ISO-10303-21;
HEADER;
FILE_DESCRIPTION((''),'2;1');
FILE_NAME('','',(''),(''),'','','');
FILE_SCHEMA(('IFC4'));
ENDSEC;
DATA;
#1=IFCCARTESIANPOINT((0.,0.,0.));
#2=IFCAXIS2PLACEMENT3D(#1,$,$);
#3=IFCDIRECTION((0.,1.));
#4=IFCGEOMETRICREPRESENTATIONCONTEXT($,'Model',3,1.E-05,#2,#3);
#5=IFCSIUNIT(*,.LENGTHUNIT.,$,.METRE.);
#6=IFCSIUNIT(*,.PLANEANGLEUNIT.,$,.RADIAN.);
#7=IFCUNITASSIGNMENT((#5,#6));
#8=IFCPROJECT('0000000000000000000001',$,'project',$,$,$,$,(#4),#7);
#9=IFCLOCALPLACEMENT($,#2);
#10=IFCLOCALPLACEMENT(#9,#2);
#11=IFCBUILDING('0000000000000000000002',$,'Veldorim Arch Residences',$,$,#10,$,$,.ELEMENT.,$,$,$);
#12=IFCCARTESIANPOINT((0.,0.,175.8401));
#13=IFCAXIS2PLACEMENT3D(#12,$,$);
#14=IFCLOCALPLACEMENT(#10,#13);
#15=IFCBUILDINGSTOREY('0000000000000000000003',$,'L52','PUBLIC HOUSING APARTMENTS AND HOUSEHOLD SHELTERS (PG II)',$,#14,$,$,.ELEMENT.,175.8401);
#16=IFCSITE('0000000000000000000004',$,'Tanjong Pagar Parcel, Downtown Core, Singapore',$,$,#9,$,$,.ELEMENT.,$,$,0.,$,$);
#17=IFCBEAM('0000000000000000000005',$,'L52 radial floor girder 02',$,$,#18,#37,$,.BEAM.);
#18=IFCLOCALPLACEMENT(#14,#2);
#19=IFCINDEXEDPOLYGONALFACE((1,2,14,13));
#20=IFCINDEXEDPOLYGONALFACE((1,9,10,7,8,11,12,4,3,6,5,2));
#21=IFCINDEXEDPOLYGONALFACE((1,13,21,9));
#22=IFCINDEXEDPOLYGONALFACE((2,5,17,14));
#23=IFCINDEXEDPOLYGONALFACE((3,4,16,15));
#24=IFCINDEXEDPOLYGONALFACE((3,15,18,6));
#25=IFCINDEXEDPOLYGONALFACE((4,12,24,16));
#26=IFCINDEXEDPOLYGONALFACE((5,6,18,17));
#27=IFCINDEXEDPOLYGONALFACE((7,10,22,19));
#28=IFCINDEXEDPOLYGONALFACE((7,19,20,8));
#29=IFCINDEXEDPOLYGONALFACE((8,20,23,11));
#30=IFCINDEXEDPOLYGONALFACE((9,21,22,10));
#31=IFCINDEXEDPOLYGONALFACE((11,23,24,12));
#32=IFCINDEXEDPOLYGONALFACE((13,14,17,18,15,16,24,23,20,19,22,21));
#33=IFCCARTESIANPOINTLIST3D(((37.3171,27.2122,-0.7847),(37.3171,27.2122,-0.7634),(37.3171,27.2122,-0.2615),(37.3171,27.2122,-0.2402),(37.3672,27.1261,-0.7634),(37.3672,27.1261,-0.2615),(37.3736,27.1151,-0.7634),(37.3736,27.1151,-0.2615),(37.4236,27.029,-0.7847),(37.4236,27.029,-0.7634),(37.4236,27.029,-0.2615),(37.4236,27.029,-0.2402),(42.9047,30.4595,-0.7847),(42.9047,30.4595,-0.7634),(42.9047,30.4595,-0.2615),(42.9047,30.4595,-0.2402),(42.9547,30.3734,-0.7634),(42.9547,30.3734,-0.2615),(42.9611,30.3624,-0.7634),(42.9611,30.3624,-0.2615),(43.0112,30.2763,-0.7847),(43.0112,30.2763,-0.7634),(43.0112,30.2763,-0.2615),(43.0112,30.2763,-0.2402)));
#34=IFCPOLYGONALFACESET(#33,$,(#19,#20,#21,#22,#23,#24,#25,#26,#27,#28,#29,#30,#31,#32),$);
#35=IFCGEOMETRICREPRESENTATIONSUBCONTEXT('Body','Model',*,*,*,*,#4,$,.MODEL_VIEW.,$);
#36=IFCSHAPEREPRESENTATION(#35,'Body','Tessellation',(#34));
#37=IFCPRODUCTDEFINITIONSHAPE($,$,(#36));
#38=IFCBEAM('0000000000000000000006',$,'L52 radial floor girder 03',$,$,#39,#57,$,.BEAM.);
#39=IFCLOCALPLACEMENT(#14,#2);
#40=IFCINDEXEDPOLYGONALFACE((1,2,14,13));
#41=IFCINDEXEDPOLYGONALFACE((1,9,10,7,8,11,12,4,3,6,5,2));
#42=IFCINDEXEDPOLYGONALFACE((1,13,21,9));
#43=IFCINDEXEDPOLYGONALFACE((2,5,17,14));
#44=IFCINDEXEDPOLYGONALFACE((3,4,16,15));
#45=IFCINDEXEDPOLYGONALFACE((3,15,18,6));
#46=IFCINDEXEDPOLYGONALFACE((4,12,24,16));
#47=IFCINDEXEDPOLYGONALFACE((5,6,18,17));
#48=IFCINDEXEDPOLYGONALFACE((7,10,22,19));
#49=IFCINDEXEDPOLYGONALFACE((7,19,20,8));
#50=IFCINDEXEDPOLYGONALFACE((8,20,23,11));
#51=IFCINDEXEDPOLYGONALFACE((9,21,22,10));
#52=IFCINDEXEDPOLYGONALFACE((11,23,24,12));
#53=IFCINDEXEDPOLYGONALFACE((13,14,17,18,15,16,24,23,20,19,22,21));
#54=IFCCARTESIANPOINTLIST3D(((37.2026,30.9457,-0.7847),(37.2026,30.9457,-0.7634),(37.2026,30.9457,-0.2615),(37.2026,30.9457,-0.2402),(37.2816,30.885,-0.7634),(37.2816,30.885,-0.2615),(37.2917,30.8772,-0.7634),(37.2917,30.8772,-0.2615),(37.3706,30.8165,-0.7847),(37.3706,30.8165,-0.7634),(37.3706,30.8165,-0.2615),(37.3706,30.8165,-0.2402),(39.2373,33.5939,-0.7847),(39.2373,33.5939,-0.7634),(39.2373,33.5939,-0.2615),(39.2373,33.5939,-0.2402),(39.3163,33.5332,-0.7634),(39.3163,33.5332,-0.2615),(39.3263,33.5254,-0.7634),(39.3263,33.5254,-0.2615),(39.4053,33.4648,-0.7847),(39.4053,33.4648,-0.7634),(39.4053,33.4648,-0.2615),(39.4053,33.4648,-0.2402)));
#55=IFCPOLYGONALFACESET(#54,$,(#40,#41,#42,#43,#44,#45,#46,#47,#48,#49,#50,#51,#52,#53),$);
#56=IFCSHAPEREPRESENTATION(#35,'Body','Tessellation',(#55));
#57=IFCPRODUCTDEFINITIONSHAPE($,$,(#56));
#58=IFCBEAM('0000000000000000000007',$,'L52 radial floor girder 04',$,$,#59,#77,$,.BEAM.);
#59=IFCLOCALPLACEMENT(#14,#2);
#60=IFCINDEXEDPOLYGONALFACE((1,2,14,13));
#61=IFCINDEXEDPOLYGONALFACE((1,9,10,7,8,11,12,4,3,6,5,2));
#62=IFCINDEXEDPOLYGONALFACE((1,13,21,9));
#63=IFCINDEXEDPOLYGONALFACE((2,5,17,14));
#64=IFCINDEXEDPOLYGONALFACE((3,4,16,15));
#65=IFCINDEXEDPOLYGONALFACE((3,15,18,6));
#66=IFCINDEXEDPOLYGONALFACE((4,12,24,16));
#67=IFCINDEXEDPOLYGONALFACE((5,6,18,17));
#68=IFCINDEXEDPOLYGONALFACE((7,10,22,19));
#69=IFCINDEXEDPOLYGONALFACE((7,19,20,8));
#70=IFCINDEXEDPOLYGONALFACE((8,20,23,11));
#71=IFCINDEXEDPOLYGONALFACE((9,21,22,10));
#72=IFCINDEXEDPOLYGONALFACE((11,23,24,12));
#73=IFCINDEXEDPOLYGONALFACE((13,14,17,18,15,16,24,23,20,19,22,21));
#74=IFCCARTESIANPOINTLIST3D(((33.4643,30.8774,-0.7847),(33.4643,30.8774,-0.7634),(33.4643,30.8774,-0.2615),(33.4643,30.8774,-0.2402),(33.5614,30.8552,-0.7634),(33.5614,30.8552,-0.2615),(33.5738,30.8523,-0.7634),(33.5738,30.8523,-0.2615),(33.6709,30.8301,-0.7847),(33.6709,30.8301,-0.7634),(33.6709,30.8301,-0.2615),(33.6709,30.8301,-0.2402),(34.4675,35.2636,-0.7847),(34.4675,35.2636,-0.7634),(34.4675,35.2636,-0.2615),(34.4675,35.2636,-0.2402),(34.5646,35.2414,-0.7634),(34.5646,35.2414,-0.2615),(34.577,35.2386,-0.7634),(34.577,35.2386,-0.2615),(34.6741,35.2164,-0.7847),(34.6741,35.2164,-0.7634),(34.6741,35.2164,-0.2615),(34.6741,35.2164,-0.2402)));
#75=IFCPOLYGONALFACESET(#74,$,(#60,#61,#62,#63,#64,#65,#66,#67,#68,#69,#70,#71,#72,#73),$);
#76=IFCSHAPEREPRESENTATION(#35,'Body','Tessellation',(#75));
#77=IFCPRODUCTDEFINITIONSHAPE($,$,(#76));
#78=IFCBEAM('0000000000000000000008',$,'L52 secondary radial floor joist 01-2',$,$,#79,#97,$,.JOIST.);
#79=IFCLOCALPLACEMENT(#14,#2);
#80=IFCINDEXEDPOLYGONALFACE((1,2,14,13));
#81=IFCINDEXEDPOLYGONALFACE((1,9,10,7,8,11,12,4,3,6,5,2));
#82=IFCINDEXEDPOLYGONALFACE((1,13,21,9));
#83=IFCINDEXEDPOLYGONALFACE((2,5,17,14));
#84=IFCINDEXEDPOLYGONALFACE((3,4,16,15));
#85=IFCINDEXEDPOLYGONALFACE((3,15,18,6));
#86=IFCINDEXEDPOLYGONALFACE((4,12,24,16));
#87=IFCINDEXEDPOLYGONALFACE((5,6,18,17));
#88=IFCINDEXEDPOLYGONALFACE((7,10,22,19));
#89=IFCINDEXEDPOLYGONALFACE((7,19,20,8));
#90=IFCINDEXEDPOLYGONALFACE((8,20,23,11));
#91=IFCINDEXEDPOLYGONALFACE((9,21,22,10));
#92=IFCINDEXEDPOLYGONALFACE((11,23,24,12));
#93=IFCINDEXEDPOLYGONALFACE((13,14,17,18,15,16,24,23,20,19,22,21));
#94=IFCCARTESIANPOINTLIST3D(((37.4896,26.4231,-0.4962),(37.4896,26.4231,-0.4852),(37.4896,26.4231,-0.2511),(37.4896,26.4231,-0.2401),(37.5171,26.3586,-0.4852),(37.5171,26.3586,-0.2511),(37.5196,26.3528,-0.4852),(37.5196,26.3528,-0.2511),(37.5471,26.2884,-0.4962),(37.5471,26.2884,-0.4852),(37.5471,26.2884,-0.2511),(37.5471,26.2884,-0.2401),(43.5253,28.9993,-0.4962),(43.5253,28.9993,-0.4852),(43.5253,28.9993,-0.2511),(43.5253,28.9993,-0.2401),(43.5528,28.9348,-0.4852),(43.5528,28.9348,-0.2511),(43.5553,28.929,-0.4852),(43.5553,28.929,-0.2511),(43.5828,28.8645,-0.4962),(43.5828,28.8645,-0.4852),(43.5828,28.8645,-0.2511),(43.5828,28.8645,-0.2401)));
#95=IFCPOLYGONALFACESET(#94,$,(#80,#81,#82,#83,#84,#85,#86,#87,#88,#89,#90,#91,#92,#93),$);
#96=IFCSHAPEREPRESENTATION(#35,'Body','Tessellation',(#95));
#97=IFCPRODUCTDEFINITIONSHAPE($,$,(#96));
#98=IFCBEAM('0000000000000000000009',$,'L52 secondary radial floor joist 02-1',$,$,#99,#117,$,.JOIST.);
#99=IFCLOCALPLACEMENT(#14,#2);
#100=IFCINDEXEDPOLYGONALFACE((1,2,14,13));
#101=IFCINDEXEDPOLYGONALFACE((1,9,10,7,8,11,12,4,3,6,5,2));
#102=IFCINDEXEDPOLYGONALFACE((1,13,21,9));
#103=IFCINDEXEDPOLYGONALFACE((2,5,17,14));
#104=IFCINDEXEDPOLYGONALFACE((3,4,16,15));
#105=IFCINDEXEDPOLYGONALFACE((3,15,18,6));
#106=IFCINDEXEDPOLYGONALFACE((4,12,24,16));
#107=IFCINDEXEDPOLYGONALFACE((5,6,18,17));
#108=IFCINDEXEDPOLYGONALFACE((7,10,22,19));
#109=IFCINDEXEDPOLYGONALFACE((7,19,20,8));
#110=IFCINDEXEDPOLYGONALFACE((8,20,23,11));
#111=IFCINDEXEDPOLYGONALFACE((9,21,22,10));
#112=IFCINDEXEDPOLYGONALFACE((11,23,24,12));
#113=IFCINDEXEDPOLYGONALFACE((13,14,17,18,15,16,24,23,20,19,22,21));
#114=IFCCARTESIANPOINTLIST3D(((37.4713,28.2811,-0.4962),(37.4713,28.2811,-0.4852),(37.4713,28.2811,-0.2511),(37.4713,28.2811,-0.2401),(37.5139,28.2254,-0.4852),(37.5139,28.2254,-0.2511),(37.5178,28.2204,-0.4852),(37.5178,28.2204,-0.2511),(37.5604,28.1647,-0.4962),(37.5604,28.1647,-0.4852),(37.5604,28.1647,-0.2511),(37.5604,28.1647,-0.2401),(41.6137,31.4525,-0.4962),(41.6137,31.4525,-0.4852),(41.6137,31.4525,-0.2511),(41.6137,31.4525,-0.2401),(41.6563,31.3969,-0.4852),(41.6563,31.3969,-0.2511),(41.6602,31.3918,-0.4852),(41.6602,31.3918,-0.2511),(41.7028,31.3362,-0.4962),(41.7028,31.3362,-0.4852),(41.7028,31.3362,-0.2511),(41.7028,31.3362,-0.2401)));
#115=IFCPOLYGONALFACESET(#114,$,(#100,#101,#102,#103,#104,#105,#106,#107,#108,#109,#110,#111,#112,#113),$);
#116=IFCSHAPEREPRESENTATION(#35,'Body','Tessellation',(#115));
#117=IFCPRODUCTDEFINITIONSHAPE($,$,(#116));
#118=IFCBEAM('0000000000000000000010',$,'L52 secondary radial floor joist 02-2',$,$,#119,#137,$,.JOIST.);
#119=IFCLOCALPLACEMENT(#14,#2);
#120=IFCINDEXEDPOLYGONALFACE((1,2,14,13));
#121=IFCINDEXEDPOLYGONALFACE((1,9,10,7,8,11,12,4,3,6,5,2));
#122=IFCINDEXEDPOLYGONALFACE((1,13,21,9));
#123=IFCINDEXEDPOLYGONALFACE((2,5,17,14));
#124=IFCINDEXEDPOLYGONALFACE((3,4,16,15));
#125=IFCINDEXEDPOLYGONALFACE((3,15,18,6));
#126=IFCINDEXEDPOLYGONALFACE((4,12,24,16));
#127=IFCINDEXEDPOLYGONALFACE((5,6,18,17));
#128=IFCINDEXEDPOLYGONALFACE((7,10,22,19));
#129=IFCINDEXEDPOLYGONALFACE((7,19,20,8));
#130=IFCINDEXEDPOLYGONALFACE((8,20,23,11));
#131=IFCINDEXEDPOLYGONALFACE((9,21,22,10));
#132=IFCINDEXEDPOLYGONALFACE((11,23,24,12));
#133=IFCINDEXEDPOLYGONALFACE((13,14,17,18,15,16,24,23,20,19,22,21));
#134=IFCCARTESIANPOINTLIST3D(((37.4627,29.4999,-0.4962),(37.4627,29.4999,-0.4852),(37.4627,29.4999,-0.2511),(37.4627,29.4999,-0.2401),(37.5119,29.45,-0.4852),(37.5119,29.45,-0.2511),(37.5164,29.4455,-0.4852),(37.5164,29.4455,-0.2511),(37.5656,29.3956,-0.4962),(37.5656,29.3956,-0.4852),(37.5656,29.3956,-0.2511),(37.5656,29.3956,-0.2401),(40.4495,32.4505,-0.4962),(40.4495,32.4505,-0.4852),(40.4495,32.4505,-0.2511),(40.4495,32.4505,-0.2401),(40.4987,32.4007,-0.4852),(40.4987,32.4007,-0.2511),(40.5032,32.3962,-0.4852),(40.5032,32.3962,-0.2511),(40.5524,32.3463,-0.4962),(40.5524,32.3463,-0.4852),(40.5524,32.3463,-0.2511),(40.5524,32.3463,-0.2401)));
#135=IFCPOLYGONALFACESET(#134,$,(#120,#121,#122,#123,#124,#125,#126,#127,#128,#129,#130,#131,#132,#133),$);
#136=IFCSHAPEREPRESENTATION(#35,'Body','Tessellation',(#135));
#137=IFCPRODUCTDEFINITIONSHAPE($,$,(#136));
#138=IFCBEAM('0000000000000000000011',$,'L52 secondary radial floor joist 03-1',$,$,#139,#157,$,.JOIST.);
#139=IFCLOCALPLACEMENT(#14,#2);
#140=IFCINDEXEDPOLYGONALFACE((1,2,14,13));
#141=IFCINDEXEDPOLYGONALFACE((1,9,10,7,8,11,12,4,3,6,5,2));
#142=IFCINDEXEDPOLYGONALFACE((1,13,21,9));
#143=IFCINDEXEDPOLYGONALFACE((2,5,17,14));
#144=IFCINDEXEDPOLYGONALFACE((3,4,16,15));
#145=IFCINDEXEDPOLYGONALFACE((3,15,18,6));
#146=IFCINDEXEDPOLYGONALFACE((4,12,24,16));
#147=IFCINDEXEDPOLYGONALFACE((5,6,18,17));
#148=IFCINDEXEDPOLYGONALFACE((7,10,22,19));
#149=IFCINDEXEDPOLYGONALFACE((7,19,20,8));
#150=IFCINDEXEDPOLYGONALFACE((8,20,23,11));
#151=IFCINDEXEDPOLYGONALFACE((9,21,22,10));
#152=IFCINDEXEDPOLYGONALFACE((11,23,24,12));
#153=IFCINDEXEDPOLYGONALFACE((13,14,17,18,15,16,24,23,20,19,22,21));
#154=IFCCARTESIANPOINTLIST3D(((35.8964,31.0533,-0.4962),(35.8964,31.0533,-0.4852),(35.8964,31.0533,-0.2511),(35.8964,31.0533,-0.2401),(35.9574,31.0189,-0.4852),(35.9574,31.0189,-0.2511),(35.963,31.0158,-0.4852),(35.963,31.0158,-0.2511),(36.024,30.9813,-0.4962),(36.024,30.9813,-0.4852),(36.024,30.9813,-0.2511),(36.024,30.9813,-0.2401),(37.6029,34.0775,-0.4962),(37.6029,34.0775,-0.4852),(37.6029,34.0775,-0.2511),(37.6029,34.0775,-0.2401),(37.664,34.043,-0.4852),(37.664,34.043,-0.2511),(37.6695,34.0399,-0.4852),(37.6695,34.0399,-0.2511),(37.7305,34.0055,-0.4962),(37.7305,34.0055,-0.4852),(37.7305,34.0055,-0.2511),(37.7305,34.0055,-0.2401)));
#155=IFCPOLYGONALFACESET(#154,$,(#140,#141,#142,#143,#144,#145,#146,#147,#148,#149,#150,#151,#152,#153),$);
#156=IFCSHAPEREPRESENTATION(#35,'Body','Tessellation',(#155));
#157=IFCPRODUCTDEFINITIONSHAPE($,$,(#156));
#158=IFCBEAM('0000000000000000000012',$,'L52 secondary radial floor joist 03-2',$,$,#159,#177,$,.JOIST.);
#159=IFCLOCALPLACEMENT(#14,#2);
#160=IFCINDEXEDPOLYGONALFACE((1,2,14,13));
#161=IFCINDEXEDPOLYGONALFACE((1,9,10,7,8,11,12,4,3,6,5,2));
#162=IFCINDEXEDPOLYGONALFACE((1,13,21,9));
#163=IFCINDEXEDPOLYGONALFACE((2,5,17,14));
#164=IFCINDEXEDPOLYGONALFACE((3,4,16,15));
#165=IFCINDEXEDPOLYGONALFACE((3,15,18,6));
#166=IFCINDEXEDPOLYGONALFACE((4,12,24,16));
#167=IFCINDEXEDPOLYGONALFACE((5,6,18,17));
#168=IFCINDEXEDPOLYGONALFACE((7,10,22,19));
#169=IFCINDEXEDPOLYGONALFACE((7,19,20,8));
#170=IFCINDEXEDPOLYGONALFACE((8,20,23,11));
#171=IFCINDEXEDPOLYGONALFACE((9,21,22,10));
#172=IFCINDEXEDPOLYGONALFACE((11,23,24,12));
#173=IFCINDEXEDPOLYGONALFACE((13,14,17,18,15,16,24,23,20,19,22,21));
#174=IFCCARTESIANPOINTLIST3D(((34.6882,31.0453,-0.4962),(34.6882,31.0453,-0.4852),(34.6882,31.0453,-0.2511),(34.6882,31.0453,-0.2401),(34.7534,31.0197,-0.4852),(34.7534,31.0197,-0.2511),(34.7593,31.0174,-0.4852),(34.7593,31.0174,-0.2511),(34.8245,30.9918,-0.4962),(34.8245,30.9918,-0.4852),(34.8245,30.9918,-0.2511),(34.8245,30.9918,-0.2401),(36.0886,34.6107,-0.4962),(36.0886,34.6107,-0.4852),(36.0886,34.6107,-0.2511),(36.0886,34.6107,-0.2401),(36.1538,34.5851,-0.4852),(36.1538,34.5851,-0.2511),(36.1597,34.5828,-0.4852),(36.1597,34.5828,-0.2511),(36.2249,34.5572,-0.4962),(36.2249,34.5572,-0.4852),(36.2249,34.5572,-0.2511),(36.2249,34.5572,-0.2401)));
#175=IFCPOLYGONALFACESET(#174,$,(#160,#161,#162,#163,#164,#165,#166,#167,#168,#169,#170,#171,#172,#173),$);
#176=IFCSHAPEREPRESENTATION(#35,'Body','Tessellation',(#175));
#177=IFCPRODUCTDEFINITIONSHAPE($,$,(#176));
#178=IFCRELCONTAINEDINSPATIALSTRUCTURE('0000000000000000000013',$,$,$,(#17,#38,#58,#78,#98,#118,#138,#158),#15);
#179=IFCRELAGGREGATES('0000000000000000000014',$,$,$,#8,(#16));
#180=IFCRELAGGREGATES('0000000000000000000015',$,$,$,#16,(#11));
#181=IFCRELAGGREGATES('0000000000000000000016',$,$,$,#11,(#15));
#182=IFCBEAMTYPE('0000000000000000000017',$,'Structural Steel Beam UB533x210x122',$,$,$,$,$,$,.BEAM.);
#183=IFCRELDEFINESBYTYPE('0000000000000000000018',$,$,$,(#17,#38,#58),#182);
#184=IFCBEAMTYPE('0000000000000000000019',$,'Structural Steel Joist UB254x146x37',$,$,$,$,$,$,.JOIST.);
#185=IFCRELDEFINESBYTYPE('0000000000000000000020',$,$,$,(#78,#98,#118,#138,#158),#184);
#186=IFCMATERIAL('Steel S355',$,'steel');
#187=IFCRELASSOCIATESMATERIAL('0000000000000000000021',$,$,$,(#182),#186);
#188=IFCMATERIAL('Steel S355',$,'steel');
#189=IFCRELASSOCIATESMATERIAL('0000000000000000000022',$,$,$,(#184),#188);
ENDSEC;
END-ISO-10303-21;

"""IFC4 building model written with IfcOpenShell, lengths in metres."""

from ifc_helpers import new_model, si_unit, direction, frame, origin, origin_2d, place, context, subcontext, project, spatial, i_section, extrude, material, material_profile, profile_set, type_object, element, save


model = new_model("IFC4")

# Units and contexts
model_context = context("Model", 3, precision=1e-05, world=origin(), true_north=direction((0.0, 1.0)))
body_context = subcontext(model_context, "Body", "Model", "MODEL_VIEW")
ifc_project = project(units=[si_unit("LENGTHUNIT", "METRE"), si_unit("PLANEANGLEUNIT", "RADIAN")], contexts=[model_context])

# Site, building, storey
site_placement = place(None, origin())
site = spatial("IfcSite", under=ifc_project, at=site_placement, Name="Tanjong Pagar Parcel, Downtown Core, Singapore", CompositionType="ELEMENT", RefElevation=0.0)
building_placement = place(site_placement, origin())
building = spatial("IfcBuilding", under=site, at=building_placement, Name="Veldorim Arch Residences", CompositionType="ELEMENT")
storey_placement = place(building_placement, frame((0.0, 0.0, 175.8401)))
storey = spatial("IfcBuildingStorey", under=building, at=storey_placement, Name="L52", Description="PUBLIC HOUSING APARTMENTS AND HOUSEHOLD SHELTERS (PG II)", CompositionType="ELEMENT", Elevation=175.8401)

# Beams
ifc_material_1 = material(Name="Steel S355", Category="steel")
ifc_material_profile_1 = material_profile(ifc_material_1, i_section(OverallWidth=0.2119, OverallDepth=0.5444, WebThickness=0.0127, FlangeThickness=0.0212, at=origin_2d()), Name="UB533x210x122")
ifc_profile_set_1 = profile_set([ifc_material_profile_1], Name="Steel S355")
beam_type_1 = type_object("IfcBeamType", Name="Structural Steel Beam UB533x210x122", PredefinedType="BEAM", material=ifc_profile_set_1)
beam_1_placement = place(storey_placement, frame((37.3704, 27.1206, -0.5125), z_axis=(0.864596, 0.502468, 0.0), x_axis=(-0.502468, 0.864596, 0.0)))
element("IfcBeam", 1, at=beam_1_placement, inside=storey, type_object=beam_type_1, Name="L52 radial floor girder 02", PredefinedType="BEAM", context=body_context, shape_type="SweptSolid", body=[
    extrude(i_section(OverallWidth=0.2119, OverallDepth=0.5444, WebThickness=0.0127, FlangeThickness=0.0212, at=origin_2d()), origin(), (0.0, 0.0, 1.0), 6.4626),
])
beam_2_placement = place(storey_placement, frame((37.2866, 30.8811, -0.5125), z_axis=(0.609258, 0.792972, 0.0), x_axis=(-0.792972, 0.609258, 0.0)))
element("IfcBeam", 2, at=beam_2_placement, inside=storey, type_object=beam_type_1, Name="L52 radial floor girder 03", PredefinedType="BEAM", context=body_context, shape_type="SweptSolid", body=[
    extrude(i_section(OverallWidth=0.2119, OverallDepth=0.5444, WebThickness=0.0127, FlangeThickness=0.0212, at=origin_2d()), origin(), (0.0, 0.0, 1.0), 3.3396),
])
beam_3_placement = place(storey_placement, frame((33.5676, 30.8538, -0.5125), z_axis=(0.222953, 0.974829, 0.0), x_axis=(-0.974829, 0.222953, 0.0)))
element("IfcBeam", 3, at=beam_3_placement, inside=storey, type_object=beam_type_1, Name="L52 radial floor girder 04", PredefinedType="BEAM", context=body_context, shape_type="SweptSolid", body=[
    extrude(i_section(OverallWidth=0.2119, OverallDepth=0.5444, WebThickness=0.0127, FlangeThickness=0.0212, at=origin_2d()), origin(), (0.0, 0.0, 1.0), 4.4995),
])
ifc_material_2 = material(Name="Steel S355", Category="steel")
ifc_material_profile_2 = material_profile(ifc_material_2, i_section(OverallWidth=0.1465, OverallDepth=0.2561, WebThickness=0.0063, FlangeThickness=0.011, at=origin_2d()), Name="UB254x146x37")
ifc_profile_set_2 = profile_set([ifc_material_profile_2], Name="Steel S355")
beam_type_2 = type_object("IfcBeamType", Name="Structural Steel Joist UB254x146x37", PredefinedType="JOIST", material=ifc_profile_set_2)
beam_4_placement = place(storey_placement, frame((37.5183, 26.3557, -0.3682), z_axis=(0.919725, 0.392563, 0.0), x_axis=(-0.392563, 0.919725, 0.0)))
element("IfcBeam", 4, at=beam_4_placement, inside=storey, type_object=beam_type_2, Name="L52 secondary radial floor joist 01-2", PredefinedType="JOIST", context=body_context, shape_type="SweptSolid", body=[
    extrude(i_section(OverallWidth=0.1465, OverallDepth=0.2561, WebThickness=0.0063, FlangeThickness=0.011, at=origin_2d()), origin(), (0.0, 0.0, 1.0), 6.5625),
])
beam_5_placement = place(storey_placement, frame((37.5159, 28.2229, -0.3682), z_axis=(0.794014, 0.6079, 0.0), x_axis=(-0.6079, 0.794014, 0.0)))
element("IfcBeam", 5, at=beam_5_placement, inside=storey, type_object=beam_type_2, Name="L52 secondary radial floor joist 02-1", PredefinedType="JOIST", context=body_context, shape_type="SweptSolid", body=[
    extrude(i_section(OverallWidth=0.1465, OverallDepth=0.2561, WebThickness=0.0063, FlangeThickness=0.011, at=origin_2d()), origin(), (0.0, 0.0, 1.0), 5.217),
])
beam_6_placement = place(storey_placement, frame((37.5142, 29.4478, -0.3682), z_axis=(0.711397, 0.702791, 0.0), x_axis=(-0.702791, 0.711397, 0.0)))
element("IfcBeam", 6, at=beam_6_placement, inside=storey, type_object=beam_type_2, Name="L52 secondary radial floor joist 02-2", PredefinedType="JOIST", context=body_context, shape_type="SweptSolid", body=[
    extrude(i_section(OverallWidth=0.1465, OverallDepth=0.2561, WebThickness=0.0063, FlangeThickness=0.011, at=origin_2d()), origin(), (0.0, 0.0, 1.0), 4.1985),
])
beam_7_placement = place(storey_placement, frame((35.9602, 31.0173, -0.3682), z_axis=(0.491452, 0.870904, 0.0), x_axis=(-0.870904, 0.491452, 0.0)))
element("IfcBeam", 7, at=beam_7_placement, inside=storey, type_object=beam_type_2, Name="L52 secondary radial floor joist 03-1", PredefinedType="JOIST", context=body_context, shape_type="SweptSolid", body=[
    extrude(i_section(OverallWidth=0.1465, OverallDepth=0.2561, WebThickness=0.0063, FlangeThickness=0.011, at=origin_2d()), origin(), (0.0, 0.0, 1.0), 3.4724),
])
beam_8_placement = place(storey_placement, frame((34.7563, 31.0186, -0.3682), z_axis=(0.365581, 0.930779, 0.0), x_axis=(-0.930779, 0.365581, 0.0)))
element("IfcBeam", 8, at=beam_8_placement, inside=storey, type_object=beam_type_2, Name="L52 secondary radial floor joist 03-2", PredefinedType="JOIST", context=body_context, shape_type="SweptSolid", body=[
    extrude(i_section(OverallWidth=0.1465, OverallDepth=0.2561, WebThickness=0.0063, FlangeThickness=0.011, at=origin_2d()), origin(), (0.0, 0.0, 1.0), 3.8306),
])

save(model, "model.ifc")
